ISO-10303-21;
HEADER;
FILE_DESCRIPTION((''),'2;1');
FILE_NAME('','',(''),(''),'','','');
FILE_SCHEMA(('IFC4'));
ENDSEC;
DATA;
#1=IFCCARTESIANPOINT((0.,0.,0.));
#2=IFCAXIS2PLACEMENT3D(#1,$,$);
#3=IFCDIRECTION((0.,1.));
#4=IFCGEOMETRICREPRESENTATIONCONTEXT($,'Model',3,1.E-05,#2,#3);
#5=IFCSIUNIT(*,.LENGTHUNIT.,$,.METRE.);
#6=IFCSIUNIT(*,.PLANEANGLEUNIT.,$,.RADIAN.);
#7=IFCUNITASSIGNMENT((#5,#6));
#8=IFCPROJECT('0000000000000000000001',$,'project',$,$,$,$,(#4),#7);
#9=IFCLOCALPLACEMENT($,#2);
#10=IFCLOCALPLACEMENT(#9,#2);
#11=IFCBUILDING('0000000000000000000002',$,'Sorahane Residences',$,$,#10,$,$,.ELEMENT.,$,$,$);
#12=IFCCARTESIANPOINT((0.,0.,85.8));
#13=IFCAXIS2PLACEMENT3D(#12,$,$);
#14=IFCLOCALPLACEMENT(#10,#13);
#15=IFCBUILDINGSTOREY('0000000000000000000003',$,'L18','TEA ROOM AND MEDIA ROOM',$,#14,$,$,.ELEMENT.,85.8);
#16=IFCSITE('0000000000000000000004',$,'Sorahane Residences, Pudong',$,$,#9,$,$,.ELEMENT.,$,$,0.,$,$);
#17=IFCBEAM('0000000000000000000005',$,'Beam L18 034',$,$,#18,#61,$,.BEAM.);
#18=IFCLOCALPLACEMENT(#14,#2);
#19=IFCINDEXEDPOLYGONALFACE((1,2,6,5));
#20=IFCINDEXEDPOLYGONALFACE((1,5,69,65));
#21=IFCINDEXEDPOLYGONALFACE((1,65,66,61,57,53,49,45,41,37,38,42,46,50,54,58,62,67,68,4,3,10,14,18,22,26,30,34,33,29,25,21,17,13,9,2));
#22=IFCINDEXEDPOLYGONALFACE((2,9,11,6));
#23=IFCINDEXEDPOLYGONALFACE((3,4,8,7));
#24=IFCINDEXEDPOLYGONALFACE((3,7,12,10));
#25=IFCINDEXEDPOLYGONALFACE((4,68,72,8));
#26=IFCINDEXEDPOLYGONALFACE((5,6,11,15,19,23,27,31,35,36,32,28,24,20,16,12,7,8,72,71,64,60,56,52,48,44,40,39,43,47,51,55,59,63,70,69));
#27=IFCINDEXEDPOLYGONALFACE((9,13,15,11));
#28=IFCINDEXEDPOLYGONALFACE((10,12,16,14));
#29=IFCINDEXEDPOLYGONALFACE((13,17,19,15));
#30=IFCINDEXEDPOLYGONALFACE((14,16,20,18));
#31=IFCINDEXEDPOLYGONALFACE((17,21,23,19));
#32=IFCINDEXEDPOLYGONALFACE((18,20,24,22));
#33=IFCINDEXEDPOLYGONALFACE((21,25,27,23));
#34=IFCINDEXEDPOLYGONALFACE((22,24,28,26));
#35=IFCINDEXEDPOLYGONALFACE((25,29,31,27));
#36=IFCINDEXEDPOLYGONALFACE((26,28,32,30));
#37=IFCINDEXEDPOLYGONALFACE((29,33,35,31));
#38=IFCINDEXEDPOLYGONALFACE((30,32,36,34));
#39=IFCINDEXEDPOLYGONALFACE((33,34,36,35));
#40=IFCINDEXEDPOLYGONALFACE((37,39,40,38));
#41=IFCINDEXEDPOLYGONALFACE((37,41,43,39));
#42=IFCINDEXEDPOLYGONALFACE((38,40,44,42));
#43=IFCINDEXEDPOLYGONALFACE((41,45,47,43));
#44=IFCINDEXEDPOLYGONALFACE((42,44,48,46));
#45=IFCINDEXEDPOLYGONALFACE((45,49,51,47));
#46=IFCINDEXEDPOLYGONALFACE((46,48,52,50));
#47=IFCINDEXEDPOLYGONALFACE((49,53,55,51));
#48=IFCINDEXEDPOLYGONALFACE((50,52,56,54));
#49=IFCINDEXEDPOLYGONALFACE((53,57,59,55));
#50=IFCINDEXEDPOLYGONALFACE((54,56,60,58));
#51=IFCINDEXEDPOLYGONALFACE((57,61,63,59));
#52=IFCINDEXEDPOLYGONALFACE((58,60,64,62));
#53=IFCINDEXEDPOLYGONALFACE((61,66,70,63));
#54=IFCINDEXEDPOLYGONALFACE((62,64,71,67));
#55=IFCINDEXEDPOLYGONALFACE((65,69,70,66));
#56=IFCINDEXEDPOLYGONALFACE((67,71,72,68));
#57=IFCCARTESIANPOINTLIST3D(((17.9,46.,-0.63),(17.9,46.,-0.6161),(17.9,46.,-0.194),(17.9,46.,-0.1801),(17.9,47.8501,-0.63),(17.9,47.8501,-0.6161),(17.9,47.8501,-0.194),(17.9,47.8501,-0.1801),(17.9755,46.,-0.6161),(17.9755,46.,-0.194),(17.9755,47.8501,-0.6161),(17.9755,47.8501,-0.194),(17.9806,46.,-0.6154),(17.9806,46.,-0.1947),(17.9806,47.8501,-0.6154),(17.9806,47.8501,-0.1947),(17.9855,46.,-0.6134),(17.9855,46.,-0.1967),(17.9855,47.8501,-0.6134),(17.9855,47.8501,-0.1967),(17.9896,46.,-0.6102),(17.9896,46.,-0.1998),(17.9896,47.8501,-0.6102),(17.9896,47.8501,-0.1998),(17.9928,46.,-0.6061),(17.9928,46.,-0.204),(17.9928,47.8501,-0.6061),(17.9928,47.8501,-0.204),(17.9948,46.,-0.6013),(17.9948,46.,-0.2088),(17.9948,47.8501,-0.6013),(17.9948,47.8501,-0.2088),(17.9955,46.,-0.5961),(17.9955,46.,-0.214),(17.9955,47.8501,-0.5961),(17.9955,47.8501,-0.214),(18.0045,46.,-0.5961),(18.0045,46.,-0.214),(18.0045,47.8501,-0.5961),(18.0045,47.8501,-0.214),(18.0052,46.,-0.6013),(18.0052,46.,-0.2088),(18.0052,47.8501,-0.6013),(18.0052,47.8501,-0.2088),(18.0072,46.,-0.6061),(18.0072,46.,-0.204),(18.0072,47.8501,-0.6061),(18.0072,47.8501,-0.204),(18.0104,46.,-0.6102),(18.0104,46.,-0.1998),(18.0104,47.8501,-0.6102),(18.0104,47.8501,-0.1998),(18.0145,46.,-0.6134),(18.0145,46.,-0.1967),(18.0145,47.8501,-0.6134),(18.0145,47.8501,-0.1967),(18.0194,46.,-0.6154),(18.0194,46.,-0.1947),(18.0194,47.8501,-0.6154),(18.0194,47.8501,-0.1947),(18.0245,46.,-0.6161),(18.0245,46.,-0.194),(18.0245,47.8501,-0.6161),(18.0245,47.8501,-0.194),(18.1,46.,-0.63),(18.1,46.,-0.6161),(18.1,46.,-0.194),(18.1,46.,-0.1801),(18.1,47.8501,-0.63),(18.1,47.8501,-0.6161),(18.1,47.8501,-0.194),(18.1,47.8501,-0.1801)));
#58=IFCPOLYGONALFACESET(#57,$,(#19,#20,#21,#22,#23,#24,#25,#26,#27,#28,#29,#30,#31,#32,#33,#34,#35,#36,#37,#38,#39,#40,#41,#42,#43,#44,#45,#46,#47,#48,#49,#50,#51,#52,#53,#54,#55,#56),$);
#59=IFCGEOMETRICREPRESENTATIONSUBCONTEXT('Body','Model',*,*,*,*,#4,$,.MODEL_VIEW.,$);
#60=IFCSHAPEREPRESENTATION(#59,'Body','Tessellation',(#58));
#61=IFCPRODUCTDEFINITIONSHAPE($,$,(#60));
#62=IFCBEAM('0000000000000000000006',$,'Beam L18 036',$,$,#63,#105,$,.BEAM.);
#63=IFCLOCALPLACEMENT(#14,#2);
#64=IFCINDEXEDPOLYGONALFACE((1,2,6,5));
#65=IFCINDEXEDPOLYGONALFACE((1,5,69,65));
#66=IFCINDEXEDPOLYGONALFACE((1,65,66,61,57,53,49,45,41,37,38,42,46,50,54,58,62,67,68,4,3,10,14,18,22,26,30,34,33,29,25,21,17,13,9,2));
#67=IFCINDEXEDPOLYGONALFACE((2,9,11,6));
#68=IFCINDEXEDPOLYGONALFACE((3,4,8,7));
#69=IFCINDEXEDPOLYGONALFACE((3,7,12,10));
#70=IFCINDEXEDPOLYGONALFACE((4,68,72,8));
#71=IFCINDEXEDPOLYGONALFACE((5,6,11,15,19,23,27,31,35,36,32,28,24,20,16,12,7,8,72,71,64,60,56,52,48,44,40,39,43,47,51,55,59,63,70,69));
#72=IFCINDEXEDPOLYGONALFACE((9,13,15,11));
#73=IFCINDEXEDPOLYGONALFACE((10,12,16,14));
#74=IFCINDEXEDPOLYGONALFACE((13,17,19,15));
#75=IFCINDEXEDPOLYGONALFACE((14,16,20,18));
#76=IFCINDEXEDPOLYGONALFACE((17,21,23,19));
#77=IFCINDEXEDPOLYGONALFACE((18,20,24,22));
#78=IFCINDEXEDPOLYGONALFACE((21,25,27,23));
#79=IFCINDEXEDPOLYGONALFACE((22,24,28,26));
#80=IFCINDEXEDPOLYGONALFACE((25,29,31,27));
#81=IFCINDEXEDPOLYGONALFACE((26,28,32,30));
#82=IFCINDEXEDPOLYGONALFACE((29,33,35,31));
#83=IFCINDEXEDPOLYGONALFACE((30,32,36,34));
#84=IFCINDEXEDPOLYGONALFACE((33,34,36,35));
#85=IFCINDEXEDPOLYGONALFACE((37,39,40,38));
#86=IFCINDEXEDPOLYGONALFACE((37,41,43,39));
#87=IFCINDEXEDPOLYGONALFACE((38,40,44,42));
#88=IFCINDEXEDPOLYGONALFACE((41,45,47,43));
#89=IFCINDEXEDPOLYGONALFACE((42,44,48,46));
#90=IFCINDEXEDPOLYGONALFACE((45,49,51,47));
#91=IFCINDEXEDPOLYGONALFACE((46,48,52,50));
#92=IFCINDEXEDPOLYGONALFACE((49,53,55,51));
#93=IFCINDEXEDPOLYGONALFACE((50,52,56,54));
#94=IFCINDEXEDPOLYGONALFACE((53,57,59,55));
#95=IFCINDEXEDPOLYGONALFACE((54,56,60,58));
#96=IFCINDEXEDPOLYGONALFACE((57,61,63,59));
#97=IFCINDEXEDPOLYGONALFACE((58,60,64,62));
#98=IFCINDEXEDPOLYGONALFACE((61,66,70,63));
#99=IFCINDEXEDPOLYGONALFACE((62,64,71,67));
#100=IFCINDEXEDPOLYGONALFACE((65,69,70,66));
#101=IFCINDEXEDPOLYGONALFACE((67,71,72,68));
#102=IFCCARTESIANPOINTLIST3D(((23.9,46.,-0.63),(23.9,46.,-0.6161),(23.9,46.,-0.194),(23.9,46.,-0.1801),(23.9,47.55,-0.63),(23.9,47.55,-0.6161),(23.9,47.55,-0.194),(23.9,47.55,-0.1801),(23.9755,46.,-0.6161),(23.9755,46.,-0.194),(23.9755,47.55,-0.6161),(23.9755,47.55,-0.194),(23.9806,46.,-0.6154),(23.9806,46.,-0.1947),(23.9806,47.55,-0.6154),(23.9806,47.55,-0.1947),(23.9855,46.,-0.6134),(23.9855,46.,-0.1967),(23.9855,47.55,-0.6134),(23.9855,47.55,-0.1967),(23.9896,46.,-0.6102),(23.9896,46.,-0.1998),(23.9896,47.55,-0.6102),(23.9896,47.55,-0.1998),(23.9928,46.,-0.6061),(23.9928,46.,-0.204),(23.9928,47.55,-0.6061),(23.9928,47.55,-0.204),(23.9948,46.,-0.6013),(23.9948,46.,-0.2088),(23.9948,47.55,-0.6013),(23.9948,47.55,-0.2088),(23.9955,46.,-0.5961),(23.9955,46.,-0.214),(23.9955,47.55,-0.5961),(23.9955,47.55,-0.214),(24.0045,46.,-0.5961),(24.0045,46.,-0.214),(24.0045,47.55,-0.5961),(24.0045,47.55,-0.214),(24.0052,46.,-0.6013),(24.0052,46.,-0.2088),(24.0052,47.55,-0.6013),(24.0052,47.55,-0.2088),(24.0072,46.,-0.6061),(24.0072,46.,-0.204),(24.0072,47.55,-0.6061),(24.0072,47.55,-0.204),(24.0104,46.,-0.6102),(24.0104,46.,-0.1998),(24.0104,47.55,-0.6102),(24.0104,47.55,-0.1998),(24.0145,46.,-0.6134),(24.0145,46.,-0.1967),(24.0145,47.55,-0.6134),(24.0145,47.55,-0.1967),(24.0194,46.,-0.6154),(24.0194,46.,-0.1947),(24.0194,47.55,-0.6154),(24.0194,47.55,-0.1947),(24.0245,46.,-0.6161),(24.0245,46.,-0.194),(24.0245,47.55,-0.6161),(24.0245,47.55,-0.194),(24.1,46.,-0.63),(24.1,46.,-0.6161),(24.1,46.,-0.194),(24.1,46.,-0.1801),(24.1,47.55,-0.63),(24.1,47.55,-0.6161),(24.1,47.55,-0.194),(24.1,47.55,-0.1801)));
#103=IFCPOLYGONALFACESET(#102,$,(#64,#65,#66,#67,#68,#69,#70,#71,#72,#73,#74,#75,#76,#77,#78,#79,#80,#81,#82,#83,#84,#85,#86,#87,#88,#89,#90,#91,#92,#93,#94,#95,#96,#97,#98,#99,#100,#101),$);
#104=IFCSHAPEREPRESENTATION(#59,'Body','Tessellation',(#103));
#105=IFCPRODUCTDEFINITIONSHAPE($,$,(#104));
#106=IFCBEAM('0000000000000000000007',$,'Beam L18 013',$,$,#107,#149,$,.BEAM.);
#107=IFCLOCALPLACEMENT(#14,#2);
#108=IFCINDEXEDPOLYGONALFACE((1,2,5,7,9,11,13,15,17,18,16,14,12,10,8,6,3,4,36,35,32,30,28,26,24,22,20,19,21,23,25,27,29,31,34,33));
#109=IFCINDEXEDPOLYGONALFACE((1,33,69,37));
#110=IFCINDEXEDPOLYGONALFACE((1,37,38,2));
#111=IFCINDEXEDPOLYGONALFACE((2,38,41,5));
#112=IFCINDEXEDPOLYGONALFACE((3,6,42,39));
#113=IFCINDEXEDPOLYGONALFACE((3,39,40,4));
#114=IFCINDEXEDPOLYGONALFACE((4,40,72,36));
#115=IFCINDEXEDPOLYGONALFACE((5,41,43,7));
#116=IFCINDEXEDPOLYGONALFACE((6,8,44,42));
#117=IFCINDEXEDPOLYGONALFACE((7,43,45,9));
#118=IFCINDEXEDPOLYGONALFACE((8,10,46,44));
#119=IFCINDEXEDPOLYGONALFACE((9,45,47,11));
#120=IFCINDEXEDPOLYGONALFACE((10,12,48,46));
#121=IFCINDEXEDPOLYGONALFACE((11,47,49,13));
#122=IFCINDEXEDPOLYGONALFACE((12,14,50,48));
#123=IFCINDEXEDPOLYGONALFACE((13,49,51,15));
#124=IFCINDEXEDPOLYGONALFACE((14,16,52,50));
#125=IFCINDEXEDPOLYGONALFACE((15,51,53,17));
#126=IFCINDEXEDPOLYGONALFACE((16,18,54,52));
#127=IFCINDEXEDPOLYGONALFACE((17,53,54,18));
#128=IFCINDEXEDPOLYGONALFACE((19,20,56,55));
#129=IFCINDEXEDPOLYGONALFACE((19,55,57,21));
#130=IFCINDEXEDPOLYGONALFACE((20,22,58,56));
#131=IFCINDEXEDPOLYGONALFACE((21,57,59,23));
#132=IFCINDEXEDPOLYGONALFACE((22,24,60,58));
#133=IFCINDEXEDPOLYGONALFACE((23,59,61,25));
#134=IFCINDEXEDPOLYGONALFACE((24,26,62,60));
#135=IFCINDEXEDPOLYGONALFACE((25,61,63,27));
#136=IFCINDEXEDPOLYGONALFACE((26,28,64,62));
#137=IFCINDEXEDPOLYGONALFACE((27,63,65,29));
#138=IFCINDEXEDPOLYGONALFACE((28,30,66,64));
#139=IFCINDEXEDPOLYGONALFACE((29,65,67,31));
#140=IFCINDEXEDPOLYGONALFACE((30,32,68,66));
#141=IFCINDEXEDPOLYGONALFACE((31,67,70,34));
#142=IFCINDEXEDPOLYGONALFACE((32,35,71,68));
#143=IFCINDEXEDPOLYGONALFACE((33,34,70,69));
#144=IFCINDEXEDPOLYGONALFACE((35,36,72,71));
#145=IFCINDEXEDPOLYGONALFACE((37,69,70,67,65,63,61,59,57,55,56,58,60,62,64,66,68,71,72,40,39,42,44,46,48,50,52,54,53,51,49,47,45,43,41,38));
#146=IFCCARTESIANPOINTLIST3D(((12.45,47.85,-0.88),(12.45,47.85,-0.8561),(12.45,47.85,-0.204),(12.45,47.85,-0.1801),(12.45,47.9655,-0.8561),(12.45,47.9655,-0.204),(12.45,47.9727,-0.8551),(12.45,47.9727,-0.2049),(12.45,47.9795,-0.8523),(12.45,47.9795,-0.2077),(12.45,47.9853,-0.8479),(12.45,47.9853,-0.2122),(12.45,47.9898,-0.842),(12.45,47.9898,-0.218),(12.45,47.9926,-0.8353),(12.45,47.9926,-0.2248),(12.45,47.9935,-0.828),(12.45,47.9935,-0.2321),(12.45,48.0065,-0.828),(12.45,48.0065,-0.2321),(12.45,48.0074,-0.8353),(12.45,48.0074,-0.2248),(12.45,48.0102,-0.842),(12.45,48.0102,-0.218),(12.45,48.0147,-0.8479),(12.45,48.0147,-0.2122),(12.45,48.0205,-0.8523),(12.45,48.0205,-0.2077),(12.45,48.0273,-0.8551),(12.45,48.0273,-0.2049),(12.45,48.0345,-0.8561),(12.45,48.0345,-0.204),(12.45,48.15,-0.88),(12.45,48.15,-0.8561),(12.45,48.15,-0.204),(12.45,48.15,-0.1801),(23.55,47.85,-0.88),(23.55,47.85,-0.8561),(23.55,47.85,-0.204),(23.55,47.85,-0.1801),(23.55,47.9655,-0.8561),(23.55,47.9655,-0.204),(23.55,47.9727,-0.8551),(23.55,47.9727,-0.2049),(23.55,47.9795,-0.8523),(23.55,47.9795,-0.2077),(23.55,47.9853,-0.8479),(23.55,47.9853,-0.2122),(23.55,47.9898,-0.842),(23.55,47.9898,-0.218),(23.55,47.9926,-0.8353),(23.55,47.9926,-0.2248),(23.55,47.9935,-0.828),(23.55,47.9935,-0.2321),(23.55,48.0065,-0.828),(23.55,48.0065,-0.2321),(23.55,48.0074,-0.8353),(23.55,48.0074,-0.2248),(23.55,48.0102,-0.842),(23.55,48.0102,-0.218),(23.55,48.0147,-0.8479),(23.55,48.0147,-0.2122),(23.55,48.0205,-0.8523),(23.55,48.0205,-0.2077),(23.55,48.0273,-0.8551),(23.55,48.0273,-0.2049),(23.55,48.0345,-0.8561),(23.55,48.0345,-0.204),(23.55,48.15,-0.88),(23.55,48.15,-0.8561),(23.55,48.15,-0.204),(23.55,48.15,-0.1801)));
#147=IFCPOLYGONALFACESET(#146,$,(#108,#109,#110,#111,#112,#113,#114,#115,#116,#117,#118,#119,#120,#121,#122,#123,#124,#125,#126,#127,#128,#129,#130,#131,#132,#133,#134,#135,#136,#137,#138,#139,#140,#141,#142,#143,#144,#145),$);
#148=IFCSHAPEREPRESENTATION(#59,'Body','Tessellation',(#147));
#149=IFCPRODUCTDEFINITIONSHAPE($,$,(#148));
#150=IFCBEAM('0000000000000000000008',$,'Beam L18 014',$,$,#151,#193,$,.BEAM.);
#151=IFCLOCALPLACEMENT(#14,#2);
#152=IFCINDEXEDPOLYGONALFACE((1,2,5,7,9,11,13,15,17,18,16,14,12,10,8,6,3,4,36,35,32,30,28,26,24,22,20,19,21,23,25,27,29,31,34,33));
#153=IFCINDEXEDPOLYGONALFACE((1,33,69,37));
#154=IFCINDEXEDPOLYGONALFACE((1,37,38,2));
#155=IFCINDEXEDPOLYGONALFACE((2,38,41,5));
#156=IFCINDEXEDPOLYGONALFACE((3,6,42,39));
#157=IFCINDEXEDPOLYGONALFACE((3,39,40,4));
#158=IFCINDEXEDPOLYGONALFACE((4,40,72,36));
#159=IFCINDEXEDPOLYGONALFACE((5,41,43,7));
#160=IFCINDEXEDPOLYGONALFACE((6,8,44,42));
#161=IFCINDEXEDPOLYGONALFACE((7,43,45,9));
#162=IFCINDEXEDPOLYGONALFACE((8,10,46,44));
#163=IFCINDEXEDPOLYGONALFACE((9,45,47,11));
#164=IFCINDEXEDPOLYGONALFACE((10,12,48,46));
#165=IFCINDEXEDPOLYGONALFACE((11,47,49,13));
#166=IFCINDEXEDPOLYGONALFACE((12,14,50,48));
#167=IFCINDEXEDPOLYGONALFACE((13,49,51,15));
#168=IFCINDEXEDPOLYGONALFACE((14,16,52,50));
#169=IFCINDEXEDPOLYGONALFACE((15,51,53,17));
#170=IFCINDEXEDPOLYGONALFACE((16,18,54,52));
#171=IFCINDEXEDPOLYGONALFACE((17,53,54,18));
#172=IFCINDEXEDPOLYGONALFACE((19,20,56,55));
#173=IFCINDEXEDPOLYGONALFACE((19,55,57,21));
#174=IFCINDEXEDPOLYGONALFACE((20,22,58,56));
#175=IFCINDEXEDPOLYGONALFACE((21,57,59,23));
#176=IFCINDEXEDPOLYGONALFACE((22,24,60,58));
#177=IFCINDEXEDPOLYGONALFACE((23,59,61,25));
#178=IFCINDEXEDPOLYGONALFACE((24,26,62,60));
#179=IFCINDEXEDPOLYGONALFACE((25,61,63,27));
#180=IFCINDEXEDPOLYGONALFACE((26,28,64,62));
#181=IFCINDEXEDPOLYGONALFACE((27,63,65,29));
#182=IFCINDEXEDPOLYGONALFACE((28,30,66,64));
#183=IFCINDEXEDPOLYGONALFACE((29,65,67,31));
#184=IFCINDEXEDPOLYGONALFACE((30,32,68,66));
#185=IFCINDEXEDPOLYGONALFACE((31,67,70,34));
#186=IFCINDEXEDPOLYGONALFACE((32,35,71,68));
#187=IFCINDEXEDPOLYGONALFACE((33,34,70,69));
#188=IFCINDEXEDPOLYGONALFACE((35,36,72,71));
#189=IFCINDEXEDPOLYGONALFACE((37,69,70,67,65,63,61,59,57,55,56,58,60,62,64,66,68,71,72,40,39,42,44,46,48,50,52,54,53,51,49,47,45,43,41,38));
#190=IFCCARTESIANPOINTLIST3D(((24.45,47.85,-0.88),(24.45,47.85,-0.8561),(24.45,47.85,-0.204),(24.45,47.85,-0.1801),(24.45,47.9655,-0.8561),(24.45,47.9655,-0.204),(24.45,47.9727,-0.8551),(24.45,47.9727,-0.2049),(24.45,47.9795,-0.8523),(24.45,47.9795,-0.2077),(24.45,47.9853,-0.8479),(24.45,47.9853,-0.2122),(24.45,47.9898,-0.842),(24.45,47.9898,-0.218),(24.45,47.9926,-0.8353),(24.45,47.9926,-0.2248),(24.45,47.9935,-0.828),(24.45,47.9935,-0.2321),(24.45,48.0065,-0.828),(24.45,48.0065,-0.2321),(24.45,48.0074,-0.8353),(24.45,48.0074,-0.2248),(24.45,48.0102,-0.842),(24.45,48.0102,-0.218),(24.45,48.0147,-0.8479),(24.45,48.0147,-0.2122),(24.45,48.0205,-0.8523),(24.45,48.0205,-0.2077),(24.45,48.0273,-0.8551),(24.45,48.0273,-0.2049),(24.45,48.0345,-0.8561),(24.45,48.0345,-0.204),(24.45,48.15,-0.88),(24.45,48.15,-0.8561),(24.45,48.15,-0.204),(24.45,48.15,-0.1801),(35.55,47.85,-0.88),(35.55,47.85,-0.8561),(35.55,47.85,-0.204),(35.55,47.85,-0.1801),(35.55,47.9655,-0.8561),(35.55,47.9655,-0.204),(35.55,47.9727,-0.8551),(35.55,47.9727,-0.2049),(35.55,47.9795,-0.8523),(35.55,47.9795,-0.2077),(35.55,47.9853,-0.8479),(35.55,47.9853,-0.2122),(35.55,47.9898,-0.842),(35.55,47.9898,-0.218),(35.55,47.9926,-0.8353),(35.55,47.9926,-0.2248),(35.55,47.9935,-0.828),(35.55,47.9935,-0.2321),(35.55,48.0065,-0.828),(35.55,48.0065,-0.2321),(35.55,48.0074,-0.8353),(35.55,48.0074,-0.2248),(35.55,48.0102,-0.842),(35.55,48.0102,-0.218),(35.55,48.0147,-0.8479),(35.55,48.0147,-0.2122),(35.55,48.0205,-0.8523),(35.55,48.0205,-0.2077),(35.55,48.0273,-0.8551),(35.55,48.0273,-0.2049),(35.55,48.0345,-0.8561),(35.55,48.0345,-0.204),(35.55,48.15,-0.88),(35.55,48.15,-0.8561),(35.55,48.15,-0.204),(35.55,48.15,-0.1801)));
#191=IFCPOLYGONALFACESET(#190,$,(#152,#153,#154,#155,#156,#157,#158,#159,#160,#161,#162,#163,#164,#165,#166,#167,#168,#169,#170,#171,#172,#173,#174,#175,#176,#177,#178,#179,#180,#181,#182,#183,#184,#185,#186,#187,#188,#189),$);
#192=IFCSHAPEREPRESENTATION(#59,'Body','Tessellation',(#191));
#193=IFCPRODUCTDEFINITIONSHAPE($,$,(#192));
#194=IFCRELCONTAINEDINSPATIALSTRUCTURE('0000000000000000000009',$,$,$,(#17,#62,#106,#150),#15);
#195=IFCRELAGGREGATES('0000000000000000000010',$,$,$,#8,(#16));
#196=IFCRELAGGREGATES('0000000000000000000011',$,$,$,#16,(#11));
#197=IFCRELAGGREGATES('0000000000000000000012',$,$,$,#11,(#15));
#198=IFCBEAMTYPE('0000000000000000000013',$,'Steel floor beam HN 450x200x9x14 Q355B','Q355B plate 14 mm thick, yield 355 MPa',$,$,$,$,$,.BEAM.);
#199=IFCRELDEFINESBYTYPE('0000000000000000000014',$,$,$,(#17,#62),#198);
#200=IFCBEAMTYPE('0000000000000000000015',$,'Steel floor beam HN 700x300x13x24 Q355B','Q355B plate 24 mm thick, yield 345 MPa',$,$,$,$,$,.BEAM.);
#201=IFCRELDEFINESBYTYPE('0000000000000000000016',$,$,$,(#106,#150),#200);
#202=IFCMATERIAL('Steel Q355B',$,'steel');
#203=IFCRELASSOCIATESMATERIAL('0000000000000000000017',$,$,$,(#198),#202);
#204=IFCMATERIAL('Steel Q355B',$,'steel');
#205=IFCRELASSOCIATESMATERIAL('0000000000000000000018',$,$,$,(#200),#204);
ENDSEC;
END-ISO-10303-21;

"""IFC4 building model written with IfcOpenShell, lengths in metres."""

from ifc_helpers import new_model, si_unit, direction, frame, origin, origin_2d, place, context, subcontext, project, spatial, i_section, extrude, material, material_profile, profile_set, type_object, element, save


model = new_model("IFC4")

# Units and contexts
model_context = context("Model", 3, precision=1e-05, world=origin(), true_north=direction((0.0, 1.0)))
body_context = subcontext(model_context, "Body", "Model", "MODEL_VIEW")
ifc_project = project(units=[si_unit("LENGTHUNIT", "METRE"), si_unit("PLANEANGLEUNIT", "RADIAN")], contexts=[model_context])

# Site, building, storey
site_placement = place(None, origin())
site = spatial("IfcSite", under=ifc_project, at=site_placement, Name="Sorahane Residences, Pudong", CompositionType="ELEMENT", RefElevation=0.0)
building_placement = place(site_placement, origin())
building = spatial("IfcBuilding", under=site, at=building_placement, Name="Sorahane Residences", CompositionType="ELEMENT")
storey_placement = place(building_placement, frame((0.0, 0.0, 85.8)))
storey = spatial("IfcBuildingStorey", under=building, at=storey_placement, Name="L18", Description="TEA ROOM AND MEDIA ROOM", CompositionType="ELEMENT", Elevation=85.8)

# Beams
ifc_material_1 = material(Name="Steel Q355B", Category="steel")
ifc_material_profile_1 = material_profile(ifc_material_1, i_section(OverallWidth=0.2, OverallDepth=0.45, WebThickness=0.009, FlangeThickness=0.0139, FilletRadius=0.02, at=origin_2d()), Name="HN 450x200x9x14")
ifc_profile_set_1 = profile_set([ifc_material_profile_1], Name="Steel Q355B")
beam_type_1 = type_object("IfcBeamType", Name="Steel floor beam HN 450x200x9x14 Q355B", Description="Q355B plate 14 mm thick, yield 355 MPa", PredefinedType="BEAM", material=ifc_profile_set_1)
beam_1_placement = place(storey_placement, frame((18.0, 46.0, -0.405), z_axis=(0.0, 1.0, 0.0), x_axis=(-1.0, 0.0, 0.0)))
element("IfcBeam", 1, at=beam_1_placement, inside=storey, type_object=beam_type_1, Name="Beam L18 034", PredefinedType="BEAM", context=body_context, shape_type="SweptSolid", body=[
    extrude(i_section(OverallWidth=0.2, OverallDepth=0.45, WebThickness=0.009, FlangeThickness=0.0139, FilletRadius=0.02, at=origin_2d()), origin(), (0.0, 0.0, 1.0), 1.8501),
])
beam_2_placement = place(storey_placement, frame((24.0, 46.0, -0.405), z_axis=(0.0, 1.0, 0.0), x_axis=(-1.0, 0.0, 0.0)))
element("IfcBeam", 2, at=beam_2_placement, inside=storey, type_object=beam_type_1, Name="Beam L18 036", PredefinedType="BEAM", context=body_context, shape_type="SweptSolid", body=[
    extrude(i_section(OverallWidth=0.2, OverallDepth=0.45, WebThickness=0.009, FlangeThickness=0.0139, FilletRadius=0.02, at=origin_2d()), origin(), (0.0, 0.0, 1.0), 1.55),
])
ifc_material_2 = material(Name="Steel Q355B", Category="steel")
ifc_material_profile_2 = material_profile(ifc_material_2, i_section(OverallWidth=0.3, OverallDepth=0.7, WebThickness=0.0129, FlangeThickness=0.0239, FilletRadius=0.0281, at=origin_2d()), Name="HN 700x300x13x24")
ifc_profile_set_2 = profile_set([ifc_material_profile_2], Name="Steel Q355B")
beam_type_2 = type_object("IfcBeamType", Name="Steel floor beam HN 700x300x13x24 Q355B", Description="Q355B plate 24 mm thick, yield 345 MPa", PredefinedType="BEAM", material=ifc_profile_set_2)
for number, where, z_axis, x_axis, name in (
    (3, (12.45, 48.0, -0.53), (1.0, 0.0, 0.0), (0.0, 1.0, 0.0), "Beam L18 013"),
    (4, (24.45, 48.0, -0.53), (1.0, 0.0, 0.0), (0.0, 1.0, 0.0), "Beam L18 014"),
):
    element("IfcBeam", number, at=place(storey_placement, frame(where, z_axis=z_axis, x_axis=x_axis)), inside=storey, type_object=beam_type_2, Name=name, PredefinedType="BEAM", context=body_context, shape_type="SweptSolid", body=[
        extrude(i_section(OverallWidth=0.3, OverallDepth=0.7, WebThickness=0.0129, FlangeThickness=0.0239, FilletRadius=0.0281, at=origin_2d()), origin(), (0.0, 0.0, 1.0), 11.1001),
    ])

save(model, "model.ifc")
